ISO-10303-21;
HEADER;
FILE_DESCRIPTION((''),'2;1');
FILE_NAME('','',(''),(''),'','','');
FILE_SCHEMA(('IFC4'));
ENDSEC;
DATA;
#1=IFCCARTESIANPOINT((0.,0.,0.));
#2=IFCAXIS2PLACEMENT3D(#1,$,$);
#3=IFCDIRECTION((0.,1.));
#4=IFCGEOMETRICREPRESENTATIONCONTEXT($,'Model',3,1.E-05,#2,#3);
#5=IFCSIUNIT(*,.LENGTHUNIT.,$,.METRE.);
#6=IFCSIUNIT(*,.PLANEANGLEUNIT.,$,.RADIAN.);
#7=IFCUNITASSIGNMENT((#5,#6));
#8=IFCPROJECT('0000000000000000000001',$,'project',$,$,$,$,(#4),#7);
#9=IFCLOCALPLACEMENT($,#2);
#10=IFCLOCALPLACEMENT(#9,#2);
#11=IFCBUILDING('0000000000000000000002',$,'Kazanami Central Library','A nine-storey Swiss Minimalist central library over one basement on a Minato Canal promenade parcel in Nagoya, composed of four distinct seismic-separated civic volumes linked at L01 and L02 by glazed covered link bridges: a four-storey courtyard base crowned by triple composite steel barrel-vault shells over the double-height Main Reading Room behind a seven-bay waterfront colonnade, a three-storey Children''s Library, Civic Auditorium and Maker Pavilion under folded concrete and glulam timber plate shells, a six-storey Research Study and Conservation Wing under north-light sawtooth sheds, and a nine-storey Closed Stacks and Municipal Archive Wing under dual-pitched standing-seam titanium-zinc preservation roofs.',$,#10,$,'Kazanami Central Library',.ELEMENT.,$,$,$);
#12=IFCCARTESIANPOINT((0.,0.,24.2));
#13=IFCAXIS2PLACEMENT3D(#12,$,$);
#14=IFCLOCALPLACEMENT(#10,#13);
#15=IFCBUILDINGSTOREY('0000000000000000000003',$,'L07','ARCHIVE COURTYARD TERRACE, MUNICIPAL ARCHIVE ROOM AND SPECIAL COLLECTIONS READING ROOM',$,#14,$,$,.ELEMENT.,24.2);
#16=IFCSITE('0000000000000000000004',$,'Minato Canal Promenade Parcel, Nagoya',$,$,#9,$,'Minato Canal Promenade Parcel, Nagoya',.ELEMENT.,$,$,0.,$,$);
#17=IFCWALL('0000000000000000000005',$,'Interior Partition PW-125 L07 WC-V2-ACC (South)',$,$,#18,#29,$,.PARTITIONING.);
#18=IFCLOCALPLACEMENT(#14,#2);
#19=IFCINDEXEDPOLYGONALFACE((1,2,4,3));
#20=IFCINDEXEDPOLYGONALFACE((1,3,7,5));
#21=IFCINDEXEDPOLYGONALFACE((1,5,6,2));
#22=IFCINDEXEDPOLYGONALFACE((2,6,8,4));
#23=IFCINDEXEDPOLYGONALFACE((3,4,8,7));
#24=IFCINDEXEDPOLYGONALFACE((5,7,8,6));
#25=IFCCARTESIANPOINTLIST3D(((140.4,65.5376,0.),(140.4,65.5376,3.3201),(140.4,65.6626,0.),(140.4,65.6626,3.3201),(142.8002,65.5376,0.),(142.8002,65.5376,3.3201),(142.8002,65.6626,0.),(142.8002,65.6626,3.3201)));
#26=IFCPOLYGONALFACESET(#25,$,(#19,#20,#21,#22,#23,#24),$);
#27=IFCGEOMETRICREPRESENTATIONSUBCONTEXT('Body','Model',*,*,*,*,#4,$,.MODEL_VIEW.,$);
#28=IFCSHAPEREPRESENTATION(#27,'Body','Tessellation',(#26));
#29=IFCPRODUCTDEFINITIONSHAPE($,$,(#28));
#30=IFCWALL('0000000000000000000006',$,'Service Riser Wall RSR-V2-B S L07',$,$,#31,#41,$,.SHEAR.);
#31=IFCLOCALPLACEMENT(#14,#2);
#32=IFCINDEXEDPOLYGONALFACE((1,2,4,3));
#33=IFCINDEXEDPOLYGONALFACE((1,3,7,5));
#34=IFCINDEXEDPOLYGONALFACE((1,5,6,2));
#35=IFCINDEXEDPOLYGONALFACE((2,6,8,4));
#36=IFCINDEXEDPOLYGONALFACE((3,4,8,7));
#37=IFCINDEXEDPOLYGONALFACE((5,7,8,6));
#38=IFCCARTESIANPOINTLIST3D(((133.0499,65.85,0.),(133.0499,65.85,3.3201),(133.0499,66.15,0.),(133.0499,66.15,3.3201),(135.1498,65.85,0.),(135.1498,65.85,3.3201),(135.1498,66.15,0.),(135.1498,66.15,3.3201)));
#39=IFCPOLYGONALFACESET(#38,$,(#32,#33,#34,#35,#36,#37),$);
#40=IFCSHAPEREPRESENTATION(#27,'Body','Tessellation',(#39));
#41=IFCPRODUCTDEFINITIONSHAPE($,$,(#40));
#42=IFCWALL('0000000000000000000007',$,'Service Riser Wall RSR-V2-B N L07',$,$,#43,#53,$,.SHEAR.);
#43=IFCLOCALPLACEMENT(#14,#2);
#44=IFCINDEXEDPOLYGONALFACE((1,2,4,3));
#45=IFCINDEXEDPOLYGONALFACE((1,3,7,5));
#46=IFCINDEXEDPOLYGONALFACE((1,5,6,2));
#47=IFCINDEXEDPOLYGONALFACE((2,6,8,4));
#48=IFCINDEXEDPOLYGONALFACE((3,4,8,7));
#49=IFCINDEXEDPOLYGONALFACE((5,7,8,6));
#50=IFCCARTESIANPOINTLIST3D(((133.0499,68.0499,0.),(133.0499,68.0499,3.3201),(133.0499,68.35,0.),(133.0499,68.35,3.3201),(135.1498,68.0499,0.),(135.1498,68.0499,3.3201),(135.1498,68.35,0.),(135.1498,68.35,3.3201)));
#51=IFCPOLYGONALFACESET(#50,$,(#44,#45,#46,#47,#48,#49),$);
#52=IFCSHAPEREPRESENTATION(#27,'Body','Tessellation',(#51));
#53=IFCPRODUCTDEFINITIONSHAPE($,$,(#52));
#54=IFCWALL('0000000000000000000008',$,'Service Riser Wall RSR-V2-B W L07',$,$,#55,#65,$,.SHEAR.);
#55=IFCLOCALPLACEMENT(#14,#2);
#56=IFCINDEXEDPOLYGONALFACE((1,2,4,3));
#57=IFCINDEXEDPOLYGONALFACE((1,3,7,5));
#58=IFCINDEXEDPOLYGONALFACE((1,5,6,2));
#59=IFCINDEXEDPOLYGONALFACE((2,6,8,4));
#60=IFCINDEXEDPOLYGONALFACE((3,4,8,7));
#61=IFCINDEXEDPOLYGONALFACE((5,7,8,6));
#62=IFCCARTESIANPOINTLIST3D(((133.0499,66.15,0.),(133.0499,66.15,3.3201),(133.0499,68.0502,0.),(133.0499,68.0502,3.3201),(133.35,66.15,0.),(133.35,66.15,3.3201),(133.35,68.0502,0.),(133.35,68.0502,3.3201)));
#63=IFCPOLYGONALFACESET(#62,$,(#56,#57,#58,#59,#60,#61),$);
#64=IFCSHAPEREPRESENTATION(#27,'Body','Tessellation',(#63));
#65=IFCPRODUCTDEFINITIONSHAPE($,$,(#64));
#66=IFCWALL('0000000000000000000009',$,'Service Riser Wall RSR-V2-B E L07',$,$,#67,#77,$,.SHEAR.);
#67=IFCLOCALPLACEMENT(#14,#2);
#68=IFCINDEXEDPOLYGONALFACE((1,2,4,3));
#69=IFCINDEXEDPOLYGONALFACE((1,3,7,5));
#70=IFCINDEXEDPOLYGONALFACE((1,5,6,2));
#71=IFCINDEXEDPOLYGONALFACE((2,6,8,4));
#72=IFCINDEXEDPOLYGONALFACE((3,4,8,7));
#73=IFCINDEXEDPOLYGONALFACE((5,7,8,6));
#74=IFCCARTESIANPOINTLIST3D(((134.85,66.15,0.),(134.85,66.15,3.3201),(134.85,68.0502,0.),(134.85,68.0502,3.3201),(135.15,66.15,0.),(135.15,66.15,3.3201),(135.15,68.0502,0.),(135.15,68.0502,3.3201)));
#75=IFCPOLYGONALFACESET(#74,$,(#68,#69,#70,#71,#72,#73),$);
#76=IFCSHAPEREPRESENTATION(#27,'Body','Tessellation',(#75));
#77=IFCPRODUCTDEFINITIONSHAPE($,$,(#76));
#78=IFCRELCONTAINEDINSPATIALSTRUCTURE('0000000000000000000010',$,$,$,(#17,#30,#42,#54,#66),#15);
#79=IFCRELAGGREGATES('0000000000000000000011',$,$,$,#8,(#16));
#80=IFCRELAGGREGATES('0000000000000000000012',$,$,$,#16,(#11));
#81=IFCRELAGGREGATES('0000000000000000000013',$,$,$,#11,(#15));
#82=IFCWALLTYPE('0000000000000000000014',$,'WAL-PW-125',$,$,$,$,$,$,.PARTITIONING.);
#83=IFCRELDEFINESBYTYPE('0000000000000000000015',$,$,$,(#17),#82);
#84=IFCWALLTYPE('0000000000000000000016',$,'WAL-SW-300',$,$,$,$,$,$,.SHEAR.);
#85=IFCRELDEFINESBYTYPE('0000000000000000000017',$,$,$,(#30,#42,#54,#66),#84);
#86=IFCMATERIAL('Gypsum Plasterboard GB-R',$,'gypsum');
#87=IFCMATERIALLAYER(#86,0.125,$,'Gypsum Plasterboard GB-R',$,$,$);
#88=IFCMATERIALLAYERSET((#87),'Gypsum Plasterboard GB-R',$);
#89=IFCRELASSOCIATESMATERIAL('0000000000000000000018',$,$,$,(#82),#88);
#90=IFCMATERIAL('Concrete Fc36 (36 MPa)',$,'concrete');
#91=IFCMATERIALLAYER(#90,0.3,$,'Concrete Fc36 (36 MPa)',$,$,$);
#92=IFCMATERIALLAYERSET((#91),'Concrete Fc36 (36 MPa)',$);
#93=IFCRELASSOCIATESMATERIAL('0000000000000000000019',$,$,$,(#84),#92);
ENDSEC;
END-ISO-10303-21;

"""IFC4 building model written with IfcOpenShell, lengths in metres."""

from ifc_helpers import new_model, si_unit, direction, frame, frame_2d, origin, place, context, subcontext, project, spatial, rectangle, extrude, material, layer, layer_set, type_object, element, save


model = new_model("IFC4")

# Units and contexts
model_context = context("Model", 3, precision=1e-05, world=origin(), true_north=direction((0.0, 1.0)))
body_context = subcontext(model_context, "Body", "Model", "MODEL_VIEW")
ifc_project = project(units=[si_unit("LENGTHUNIT", "METRE"), si_unit("PLANEANGLEUNIT", "RADIAN")], contexts=[model_context])

# Site, building, storey
site_placement = place(None, origin())
site = spatial("IfcSite", under=ifc_project, at=site_placement, Name="Minato Canal Promenade Parcel, Nagoya", LongName="Minato Canal Promenade Parcel, Nagoya", CompositionType="ELEMENT", RefElevation=0.0)
building_placement = place(site_placement, origin())
building = spatial("IfcBuilding", under=site, at=building_placement, Name="Kazanami Central Library", Description="A nine-storey Swiss Minimalist central library over one basement on a Minato Canal promenade parcel in Nagoya, composed of four distinct seismic-separated civic volumes linked at L01 and L02 by glazed covered link bridges: a four-storey courtyard base crowned by triple composite steel barrel-vault shells over the double-height Main Reading Room behind a seven-bay waterfront colonnade, a three-storey Children's Library, Civic Auditorium and Maker Pavilion under folded concrete and glulam timber plate shells, a six-storey Research Study and Conservation Wing under north-light sawtooth sheds, and a nine-storey Closed Stacks and Municipal Archive Wing under dual-pitched standing-seam titanium-zinc preservation roofs.", LongName="Kazanami Central Library", CompositionType="ELEMENT")
storey_placement = place(building_placement, frame((0.0, 0.0, 24.2)))
storey = spatial("IfcBuildingStorey", under=building, at=storey_placement, Name="L07", Description="ARCHIVE COURTYARD TERRACE, MUNICIPAL ARCHIVE ROOM AND SPECIAL COLLECTIONS READING ROOM", CompositionType="ELEMENT", Elevation=24.2)

# Shared definitions
ifc_material_1 = material(Name="Concrete Fc36 (36 MPa)", Category="concrete")

# Walls
ifc_material_2 = material(Name="Gypsum Plasterboard GB-R", Category="gypsum")
ifc_layer_1 = layer(ifc_material_2, 0.125, Name="Gypsum Plasterboard GB-R")
ifc_layer_set_1 = layer_set([ifc_layer_1], Name="Gypsum Plasterboard GB-R")
wall_type_1 = type_object("IfcWallType", Name="WAL-PW-125", PredefinedType="PARTITIONING", material=ifc_layer_set_1)
wall_1_placement = place(storey_placement, frame((140.3999, 65.6001, 0.0), z_axis=(0.0, 0.0, 1.0), x_axis=(1.0, 0.0, 0.0)))
element("IfcWall", 1, at=wall_1_placement, inside=storey, type_object=wall_type_1, Name="Interior Partition PW-125 L07 WC-V2-ACC (South)", PredefinedType="PARTITIONING", context=body_context, shape_type="SweptSolid", body=[
    extrude(rectangle(XDim=2.4001, YDim=0.125, at=frame_2d((1.2002, 0.0))), origin(), (0.0, 0.0, 1.0), 3.3201),
])
ifc_layer_2 = layer(ifc_material_1, 0.3, Name="Concrete Fc36 (36 MPa)")
ifc_layer_set_2 = layer_set([ifc_layer_2], Name="Concrete Fc36 (36 MPa)")
wall_type_2 = type_object("IfcWallType", Name="WAL-SW-300", PredefinedType="SHEAR", material=ifc_layer_set_2)
for number, where, z_axis, x_axis, name in (
    (2, (133.05, 66.0, 0.0), (0.0, 0.0, 1.0), (1.0, 0.0, 0.0), "Service Riser Wall RSR-V2-B S L07"),
    (3, (133.05, 68.2, 0.0), (0.0, 0.0, 1.0), (1.0, 0.0, 0.0), "Service Riser Wall RSR-V2-B N L07"),
):
    element("IfcWall", number, at=place(storey_placement, frame(where, z_axis=z_axis, x_axis=x_axis)), inside=storey, type_object=wall_type_2, Name=name, PredefinedType="SHEAR", context=body_context, shape_type="SweptSolid", body=[
        extrude(rectangle(XDim=2.0999, YDim=0.3, at=frame_2d((1.0498, 0.0))), origin(), (0.0, 0.0, 1.0), 3.3201),
    ])
for number, where, z_axis, x_axis, name in (
    (4, (133.2, 66.1499, 0.0), (0.0, 0.0, 1.0), (0.0, 1.0, 0.0), "Service Riser Wall RSR-V2-B W L07"),
    (5, (135.0, 66.1499, 0.0), (0.0, 0.0, 1.0), (0.0, 1.0, 0.0), "Service Riser Wall RSR-V2-B E L07"),
):
    element("IfcWall", number, at=place(storey_placement, frame(where, z_axis=z_axis, x_axis=x_axis)), inside=storey, type_object=wall_type_2, Name=name, PredefinedType="SHEAR", context=body_context, shape_type="SweptSolid", body=[
        extrude(rectangle(XDim=1.9001, YDim=0.3, at=frame_2d((0.9502, 0.0))), origin(), (0.0, 0.0, 1.0), 3.3201),
    ])

save(model, "model.ifc")
